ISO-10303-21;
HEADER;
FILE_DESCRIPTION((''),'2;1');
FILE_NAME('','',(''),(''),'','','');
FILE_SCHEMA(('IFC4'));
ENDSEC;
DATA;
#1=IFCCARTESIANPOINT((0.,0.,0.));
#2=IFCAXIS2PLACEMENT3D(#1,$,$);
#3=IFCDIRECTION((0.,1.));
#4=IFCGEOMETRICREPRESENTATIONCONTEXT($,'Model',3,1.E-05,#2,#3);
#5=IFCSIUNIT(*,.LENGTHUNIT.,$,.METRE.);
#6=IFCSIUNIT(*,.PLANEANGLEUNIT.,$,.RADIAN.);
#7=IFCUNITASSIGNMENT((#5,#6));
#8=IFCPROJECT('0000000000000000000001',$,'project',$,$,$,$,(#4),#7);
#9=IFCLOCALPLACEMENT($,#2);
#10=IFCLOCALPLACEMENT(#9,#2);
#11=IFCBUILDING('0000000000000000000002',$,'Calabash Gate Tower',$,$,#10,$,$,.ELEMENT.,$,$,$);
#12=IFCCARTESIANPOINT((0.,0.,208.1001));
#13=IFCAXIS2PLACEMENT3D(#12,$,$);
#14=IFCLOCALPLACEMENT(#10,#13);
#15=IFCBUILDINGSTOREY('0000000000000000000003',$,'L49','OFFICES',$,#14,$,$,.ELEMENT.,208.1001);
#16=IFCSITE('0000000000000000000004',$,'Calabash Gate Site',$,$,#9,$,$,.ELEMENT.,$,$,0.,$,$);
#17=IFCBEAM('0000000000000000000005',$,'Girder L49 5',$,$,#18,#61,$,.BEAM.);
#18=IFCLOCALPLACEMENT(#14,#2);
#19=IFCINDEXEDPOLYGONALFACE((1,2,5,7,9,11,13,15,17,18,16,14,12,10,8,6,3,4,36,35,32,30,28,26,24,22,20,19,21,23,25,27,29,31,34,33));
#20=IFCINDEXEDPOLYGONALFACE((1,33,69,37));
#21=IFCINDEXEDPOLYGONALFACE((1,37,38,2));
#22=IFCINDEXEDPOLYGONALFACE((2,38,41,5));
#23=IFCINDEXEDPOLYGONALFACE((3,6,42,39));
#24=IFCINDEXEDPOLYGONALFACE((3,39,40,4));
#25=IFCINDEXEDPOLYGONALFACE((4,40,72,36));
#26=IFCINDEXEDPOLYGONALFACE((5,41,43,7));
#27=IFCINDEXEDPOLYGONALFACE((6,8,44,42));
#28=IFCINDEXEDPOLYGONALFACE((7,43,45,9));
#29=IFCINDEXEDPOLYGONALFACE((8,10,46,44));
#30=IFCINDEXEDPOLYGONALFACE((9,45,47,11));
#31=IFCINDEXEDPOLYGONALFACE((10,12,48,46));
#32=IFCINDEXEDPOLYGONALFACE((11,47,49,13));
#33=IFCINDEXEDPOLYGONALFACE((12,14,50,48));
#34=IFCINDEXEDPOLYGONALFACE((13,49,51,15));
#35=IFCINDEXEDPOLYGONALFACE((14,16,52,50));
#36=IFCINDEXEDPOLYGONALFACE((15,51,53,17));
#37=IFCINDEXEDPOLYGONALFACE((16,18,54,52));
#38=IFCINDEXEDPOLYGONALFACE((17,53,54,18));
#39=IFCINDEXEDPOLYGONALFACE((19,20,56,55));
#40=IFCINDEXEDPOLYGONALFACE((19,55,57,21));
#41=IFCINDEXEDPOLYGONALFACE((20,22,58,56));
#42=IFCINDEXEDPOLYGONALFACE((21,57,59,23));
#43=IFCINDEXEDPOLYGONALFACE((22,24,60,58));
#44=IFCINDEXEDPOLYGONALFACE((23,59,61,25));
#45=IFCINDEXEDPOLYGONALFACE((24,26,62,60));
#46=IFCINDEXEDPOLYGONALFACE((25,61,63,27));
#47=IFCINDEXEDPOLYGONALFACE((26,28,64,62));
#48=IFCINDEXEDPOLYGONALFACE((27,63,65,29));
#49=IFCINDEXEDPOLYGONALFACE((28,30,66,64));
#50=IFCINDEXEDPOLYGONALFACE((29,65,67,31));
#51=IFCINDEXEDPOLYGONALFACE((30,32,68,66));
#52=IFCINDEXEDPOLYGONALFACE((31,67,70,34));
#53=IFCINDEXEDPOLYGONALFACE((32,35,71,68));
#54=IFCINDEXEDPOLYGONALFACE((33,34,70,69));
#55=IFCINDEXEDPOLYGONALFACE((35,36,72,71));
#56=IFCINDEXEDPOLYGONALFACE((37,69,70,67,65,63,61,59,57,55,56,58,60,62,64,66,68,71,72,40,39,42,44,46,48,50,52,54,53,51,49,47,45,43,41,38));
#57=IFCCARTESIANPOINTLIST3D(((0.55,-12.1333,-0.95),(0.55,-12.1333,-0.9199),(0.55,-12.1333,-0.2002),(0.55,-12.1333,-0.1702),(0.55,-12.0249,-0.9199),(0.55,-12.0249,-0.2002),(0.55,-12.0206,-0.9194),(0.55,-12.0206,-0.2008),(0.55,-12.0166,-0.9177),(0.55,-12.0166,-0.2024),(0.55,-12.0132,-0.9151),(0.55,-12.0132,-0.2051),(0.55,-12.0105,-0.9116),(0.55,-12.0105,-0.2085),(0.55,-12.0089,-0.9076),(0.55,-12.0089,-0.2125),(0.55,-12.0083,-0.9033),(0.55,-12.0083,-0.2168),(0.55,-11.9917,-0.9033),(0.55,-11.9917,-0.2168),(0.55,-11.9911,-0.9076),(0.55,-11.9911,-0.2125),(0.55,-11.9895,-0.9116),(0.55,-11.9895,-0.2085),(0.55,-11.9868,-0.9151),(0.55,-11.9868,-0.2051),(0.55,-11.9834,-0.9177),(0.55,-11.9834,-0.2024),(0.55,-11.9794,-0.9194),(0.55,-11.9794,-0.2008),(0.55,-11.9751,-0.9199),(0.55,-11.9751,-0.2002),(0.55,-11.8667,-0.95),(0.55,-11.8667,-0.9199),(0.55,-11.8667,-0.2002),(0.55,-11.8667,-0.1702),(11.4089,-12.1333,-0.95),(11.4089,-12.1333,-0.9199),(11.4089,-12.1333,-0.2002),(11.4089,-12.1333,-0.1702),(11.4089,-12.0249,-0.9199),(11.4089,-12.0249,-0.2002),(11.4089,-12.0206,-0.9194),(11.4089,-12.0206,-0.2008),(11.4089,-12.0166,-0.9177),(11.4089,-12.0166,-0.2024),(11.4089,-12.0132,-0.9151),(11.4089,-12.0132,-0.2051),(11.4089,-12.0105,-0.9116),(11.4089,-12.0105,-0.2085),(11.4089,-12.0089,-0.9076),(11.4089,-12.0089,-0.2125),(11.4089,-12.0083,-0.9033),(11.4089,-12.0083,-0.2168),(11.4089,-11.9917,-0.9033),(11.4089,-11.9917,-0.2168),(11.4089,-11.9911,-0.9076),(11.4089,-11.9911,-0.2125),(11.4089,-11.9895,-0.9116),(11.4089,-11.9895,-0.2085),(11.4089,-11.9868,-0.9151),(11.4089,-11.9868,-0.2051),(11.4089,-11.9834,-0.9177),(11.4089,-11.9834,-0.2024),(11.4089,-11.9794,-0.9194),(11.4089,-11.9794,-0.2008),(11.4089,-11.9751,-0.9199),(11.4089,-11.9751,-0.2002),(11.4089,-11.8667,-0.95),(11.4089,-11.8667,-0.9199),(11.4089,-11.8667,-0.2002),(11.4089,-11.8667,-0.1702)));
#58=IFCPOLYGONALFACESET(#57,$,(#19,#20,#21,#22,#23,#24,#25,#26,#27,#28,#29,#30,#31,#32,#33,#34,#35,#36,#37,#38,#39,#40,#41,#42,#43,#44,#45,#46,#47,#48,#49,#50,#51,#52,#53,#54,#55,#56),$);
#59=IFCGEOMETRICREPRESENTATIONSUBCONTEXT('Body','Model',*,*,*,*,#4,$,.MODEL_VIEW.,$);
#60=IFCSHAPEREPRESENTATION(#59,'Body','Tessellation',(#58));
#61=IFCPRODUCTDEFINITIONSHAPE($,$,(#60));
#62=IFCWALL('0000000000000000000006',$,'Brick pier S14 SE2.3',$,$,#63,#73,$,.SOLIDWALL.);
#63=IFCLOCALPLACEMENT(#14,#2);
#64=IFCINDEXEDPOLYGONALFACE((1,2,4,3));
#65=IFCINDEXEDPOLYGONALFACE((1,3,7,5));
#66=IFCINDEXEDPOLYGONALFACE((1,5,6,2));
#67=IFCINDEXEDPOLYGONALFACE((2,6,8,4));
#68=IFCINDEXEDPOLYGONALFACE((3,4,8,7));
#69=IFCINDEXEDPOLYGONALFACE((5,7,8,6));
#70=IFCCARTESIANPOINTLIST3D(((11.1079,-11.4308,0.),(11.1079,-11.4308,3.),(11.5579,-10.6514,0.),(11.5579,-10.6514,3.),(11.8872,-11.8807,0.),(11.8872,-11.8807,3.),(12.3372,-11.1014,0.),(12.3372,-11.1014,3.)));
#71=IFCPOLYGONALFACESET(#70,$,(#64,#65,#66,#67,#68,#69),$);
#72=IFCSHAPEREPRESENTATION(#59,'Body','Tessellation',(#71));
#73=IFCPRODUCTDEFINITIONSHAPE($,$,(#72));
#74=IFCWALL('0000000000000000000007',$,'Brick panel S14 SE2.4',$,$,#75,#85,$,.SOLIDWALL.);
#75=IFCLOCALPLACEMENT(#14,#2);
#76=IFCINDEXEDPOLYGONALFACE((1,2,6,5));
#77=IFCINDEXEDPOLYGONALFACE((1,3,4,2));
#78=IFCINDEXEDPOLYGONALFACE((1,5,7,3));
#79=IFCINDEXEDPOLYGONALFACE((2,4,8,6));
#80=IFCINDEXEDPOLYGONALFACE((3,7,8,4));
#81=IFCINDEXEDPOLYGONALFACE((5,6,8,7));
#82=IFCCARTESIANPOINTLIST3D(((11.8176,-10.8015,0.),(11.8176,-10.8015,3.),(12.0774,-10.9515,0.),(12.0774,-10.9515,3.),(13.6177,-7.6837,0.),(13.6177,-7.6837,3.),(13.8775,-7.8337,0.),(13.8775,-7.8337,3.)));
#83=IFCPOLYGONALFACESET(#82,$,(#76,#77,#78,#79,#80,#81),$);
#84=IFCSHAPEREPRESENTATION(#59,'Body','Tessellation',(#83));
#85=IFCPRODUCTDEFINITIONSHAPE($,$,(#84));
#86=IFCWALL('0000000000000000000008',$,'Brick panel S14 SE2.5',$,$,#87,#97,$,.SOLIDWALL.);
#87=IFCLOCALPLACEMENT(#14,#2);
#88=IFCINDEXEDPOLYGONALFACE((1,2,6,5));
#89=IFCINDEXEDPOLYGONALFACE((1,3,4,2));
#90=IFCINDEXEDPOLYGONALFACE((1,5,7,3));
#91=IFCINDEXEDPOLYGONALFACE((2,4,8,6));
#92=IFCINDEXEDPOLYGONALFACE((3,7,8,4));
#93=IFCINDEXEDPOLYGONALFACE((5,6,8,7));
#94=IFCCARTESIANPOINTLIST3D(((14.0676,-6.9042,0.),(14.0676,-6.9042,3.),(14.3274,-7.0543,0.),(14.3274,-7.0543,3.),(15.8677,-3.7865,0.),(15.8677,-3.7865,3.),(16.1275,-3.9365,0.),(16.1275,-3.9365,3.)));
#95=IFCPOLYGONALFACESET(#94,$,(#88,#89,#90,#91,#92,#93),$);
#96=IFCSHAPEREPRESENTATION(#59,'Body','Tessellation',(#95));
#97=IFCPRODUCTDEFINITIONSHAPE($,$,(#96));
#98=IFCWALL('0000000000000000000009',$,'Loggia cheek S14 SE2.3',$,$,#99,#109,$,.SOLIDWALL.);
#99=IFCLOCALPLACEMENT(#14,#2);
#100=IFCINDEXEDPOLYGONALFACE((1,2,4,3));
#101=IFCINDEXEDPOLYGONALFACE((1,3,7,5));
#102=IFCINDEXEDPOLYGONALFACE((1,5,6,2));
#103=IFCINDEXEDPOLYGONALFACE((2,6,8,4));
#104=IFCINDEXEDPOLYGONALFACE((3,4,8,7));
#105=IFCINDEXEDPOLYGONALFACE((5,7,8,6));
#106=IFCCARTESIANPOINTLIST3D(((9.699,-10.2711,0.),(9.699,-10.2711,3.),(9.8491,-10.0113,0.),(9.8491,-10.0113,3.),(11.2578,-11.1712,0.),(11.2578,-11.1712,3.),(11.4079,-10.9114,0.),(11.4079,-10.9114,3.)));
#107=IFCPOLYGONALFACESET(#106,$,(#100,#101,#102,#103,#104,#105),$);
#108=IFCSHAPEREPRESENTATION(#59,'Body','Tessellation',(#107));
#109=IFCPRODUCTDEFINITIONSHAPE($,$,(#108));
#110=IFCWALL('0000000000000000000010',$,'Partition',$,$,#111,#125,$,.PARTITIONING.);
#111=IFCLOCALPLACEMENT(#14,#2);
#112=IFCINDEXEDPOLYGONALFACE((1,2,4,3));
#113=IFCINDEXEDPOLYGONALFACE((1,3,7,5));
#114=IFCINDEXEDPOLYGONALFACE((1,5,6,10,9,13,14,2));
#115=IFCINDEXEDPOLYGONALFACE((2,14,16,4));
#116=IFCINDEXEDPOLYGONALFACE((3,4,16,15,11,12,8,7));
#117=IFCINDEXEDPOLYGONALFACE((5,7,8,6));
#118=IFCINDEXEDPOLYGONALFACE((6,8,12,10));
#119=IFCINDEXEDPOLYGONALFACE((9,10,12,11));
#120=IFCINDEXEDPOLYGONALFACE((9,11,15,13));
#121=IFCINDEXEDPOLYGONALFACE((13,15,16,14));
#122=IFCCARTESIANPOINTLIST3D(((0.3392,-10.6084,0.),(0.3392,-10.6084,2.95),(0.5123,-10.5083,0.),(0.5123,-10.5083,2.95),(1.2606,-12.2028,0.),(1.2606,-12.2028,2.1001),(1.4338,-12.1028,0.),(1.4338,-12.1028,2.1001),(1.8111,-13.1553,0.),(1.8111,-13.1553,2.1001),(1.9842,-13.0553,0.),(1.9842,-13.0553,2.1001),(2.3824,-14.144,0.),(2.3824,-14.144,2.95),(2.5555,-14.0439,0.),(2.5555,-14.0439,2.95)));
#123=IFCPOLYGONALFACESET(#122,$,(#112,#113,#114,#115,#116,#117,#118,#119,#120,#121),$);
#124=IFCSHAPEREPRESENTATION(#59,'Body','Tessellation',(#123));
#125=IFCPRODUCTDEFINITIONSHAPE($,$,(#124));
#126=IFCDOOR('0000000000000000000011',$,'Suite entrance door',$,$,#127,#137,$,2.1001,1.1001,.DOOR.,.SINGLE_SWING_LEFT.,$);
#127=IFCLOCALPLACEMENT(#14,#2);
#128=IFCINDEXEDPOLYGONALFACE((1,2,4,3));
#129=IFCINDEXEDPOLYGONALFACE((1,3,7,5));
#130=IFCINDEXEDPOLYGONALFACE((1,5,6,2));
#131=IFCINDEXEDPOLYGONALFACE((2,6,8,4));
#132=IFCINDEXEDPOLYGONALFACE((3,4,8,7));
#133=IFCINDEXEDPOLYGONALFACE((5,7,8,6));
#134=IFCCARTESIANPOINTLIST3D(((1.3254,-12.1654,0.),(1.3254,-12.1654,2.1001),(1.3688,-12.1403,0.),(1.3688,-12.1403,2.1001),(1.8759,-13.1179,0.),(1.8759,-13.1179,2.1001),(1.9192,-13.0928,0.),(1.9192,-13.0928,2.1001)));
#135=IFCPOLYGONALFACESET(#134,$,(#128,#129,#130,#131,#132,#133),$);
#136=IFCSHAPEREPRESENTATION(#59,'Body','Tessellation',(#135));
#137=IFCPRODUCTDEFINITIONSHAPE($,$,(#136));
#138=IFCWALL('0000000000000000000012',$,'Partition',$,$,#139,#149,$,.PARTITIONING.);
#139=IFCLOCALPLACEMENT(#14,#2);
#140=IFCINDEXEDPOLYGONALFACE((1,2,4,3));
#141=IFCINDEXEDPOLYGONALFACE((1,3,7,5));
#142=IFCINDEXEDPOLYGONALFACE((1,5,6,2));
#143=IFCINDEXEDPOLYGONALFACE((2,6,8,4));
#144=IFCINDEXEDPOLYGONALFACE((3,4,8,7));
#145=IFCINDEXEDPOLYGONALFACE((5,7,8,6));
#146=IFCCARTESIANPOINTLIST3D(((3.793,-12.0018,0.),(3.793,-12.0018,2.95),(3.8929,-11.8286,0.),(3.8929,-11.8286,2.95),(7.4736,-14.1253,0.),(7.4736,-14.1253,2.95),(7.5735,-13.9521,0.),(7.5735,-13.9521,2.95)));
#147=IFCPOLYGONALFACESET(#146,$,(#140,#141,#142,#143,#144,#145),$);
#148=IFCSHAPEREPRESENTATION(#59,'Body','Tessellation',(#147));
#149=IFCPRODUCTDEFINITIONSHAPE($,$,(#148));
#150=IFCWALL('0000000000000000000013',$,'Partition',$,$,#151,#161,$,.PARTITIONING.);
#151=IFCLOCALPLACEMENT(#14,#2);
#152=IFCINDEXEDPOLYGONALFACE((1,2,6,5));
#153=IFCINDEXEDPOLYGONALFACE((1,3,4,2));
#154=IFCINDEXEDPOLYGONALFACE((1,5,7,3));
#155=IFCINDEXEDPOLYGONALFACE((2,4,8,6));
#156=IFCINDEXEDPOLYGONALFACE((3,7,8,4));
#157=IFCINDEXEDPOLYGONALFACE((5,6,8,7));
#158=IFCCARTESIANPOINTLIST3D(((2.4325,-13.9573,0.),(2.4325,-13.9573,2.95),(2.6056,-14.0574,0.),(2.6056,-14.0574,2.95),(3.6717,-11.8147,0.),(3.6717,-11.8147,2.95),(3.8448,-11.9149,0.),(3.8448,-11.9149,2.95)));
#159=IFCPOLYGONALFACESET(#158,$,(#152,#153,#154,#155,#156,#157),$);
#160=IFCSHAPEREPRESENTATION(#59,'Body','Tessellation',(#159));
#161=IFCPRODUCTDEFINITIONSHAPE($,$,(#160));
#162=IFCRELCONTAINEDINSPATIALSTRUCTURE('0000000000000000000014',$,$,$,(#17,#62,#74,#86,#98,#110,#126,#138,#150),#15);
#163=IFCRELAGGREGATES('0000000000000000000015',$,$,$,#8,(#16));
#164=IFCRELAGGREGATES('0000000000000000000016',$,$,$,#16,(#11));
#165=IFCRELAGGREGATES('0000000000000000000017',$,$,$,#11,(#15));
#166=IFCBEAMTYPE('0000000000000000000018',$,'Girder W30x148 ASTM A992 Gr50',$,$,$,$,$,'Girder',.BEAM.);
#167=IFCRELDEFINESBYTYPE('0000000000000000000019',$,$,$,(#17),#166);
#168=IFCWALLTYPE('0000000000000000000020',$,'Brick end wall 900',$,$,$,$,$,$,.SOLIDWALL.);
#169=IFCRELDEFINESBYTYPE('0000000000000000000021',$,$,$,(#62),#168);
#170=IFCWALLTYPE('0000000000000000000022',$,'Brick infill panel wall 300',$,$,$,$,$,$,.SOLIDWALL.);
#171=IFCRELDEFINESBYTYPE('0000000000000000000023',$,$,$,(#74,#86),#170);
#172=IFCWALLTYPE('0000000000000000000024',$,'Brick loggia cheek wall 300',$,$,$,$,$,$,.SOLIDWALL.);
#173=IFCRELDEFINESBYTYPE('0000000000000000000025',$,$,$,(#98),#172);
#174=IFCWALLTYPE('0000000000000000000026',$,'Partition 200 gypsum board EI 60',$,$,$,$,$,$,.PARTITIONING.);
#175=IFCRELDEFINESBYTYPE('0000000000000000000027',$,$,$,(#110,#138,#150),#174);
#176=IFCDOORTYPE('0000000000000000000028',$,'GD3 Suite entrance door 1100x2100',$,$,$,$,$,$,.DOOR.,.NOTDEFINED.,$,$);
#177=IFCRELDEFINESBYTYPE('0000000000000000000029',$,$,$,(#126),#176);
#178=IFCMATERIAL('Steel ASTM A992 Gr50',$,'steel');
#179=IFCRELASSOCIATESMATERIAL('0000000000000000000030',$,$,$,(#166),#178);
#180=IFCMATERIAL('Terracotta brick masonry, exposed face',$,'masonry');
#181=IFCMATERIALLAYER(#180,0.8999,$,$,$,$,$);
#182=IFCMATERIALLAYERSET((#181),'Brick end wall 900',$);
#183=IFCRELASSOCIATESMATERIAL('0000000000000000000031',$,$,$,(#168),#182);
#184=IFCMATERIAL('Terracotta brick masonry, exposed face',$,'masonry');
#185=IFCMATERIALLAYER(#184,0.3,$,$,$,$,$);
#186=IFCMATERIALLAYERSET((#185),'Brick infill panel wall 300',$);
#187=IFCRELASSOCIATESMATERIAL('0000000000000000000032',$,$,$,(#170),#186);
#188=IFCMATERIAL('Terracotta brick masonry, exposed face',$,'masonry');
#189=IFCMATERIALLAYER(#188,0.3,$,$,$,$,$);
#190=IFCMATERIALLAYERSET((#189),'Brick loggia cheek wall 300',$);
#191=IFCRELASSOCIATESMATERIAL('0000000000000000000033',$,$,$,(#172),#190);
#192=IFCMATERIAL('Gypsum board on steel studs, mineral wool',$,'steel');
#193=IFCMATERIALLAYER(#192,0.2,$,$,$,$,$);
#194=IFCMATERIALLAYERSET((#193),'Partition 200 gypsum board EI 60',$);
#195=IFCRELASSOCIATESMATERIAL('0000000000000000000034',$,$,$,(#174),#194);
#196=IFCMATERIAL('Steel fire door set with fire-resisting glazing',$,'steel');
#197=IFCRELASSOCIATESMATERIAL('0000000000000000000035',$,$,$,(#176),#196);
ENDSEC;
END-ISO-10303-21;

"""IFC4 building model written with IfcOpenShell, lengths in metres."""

from ifc_helpers import new_model, si_unit, direction, frame, frame_2d, origin, origin_2d, place, context, subcontext, project, spatial, rectangle, i_section, extrude, material, layer, layer_set, material_profile, profile_set, type_object, element, fill, save


model = new_model("IFC4")

# Units and contexts
model_context = context("Model", 3, precision=1e-05, world=origin(), true_north=direction((0.0, 1.0)))
body_context = subcontext(model_context, "Body", "Model", "MODEL_VIEW")
ifc_project = project(units=[si_unit("LENGTHUNIT", "METRE"), si_unit("PLANEANGLEUNIT", "RADIAN")], contexts=[model_context])

# Site, building, storey
site_placement = place(None, origin())
site = spatial("IfcSite", under=ifc_project, at=site_placement, Name="Calabash Gate Site", CompositionType="ELEMENT", RefElevation=0.0)
building_placement = place(site_placement, origin())
building = spatial("IfcBuilding", under=site, at=building_placement, Name="Calabash Gate Tower", CompositionType="ELEMENT")
storey_placement = place(building_placement, frame((0.0, 0.0, 208.1001)))
storey = spatial("IfcBuildingStorey", under=building, at=storey_placement, Name="L49", Description="OFFICES", CompositionType="ELEMENT", Elevation=208.1001)

# Beam
ifc_material_1 = material(Name="Steel ASTM A992 Gr50", Category="steel")
ifc_material_profile_1 = material_profile(ifc_material_1, i_section(OverallWidth=0.2666, OverallDepth=0.7798, WebThickness=0.0166, FlangeThickness=0.03, FilletRadius=0.0166, at=origin_2d()))
ifc_profile_set_1 = profile_set([ifc_material_profile_1], Name="Steel ASTM A992 Gr50")
beam_type_1 = type_object("IfcBeamType", Name="Girder W30x148 ASTM A992 Gr50", ElementType="Girder", PredefinedType="BEAM", material=ifc_profile_set_1)
beam_1_placement = place(storey_placement, frame((0.55, -12.0, -0.5601), z_axis=(1.0, 0.0, 0.0), x_axis=(0.0, 1.0, 0.0)))
element("IfcBeam", 1, at=beam_1_placement, inside=storey, type_object=beam_type_1, Name="Girder L49 5", PredefinedType="BEAM", context=body_context, shape_type="SweptSolid", body=[
    extrude(i_section(OverallWidth=0.2666, OverallDepth=0.7798, WebThickness=0.0166, FlangeThickness=0.03, FilletRadius=0.0166, at=origin_2d()), origin(), (0.0, 0.0, 1.0), 10.8589),
])

# Walls
ifc_material_2 = material(Name="Terracotta brick masonry, exposed face", Category="masonry")
ifc_layer_1 = layer(ifc_material_2, 0.8999)
ifc_layer_set_1 = layer_set([ifc_layer_1], Name="Brick end wall 900")
wall_type_1 = type_object("IfcWallType", Name="Brick end wall 900", PredefinedType="SOLIDWALL", material=ifc_layer_set_1)
wall_1_placement = place(storey_placement, frame((11.4976, -11.6558, 0.0), z_axis=(0.0, 0.0, 1.0), x_axis=(0.50002, 0.866014, 0.0)))
element("IfcWall", 2, at=wall_1_placement, inside=storey, type_object=wall_type_1, Name="Brick pier S14 SE2.3", PredefinedType="SOLIDWALL", context=body_context, shape_type="SweptSolid", body=[
    extrude(rectangle(XDim=0.8999, YDim=0.8999, at=frame_2d((0.45, 0.0))), origin(), (0.0, 0.0, 1.0), 3.0),
])
ifc_material_3 = material(Name="Terracotta brick masonry, exposed face", Category="masonry")
ifc_layer_2 = layer(ifc_material_3, 0.3)
ifc_layer_set_2 = layer_set([ifc_layer_2], Name="Brick infill panel wall 300")
wall_type_2 = type_object("IfcWallType", Name="Brick infill panel wall 300", PredefinedType="SOLIDWALL", material=ifc_layer_set_2)
for number, where, z_axis, x_axis, name in (
    (3, (11.9475, -10.8765, 0.0), (0.0, 0.0, 1.0), (0.500012, 0.866018, 0.0), "Brick panel S14 SE2.4"),
    (4, (14.1975, -6.9792, 0.0), (0.0, 0.0, 1.0), (0.500012, 0.866018, 0.0), "Brick panel S14 SE2.5"),
):
    element("IfcWall", number, at=place(storey_placement, frame(where, z_axis=z_axis, x_axis=x_axis)), inside=storey, type_object=wall_type_2, Name=name, PredefinedType="SOLIDWALL", context=body_context, shape_type="SweptSolid", body=[
        extrude(rectangle(XDim=3.6001, YDim=0.3, at=frame_2d((1.8, 0.0))), origin(), (0.0, 0.0, 1.0), 3.0),
    ])
ifc_material_4 = material(Name="Terracotta brick masonry, exposed face", Category="masonry")
ifc_layer_3 = layer(ifc_material_4, 0.3)
ifc_layer_set_3 = layer_set([ifc_layer_3], Name="Brick loggia cheek wall 300")
wall_type_3 = type_object("IfcWallType", Name="Brick loggia cheek wall 300", PredefinedType="SOLIDWALL", material=ifc_layer_set_3)
wall_2_placement = place(storey_placement, frame((11.3328, -11.0413, 0.0), z_axis=(0.0, 0.0, 1.0), x_axis=(-0.865989, 0.500063, 0.0)))
element("IfcWall", 5, at=wall_2_placement, inside=storey, type_object=wall_type_3, Name="Loggia cheek S14 SE2.3", PredefinedType="SOLIDWALL", context=body_context, shape_type="SweptSolid", body=[
    extrude(rectangle(XDim=1.8, YDim=0.3, at=frame_2d((0.8999, 0.0))), origin(), (0.0, 0.0, 1.0), 3.0),
])

# Wall, opening, door
ifc_material_5 = material(Name="Gypsum board on steel studs, mineral wool", Category="steel")
ifc_layer_4 = layer(ifc_material_5, 0.2)
ifc_layer_set_4 = layer_set([ifc_layer_4], Name="Partition 200 gypsum board EI 60")
wall_type_4 = type_object("IfcWallType", Name="Partition 200 gypsum board EI 60", PredefinedType="PARTITIONING", material=ifc_layer_set_4)
wall_3_placement = place(storey_placement, frame((0.4258, -10.5583, 0.0), z_axis=(0.0, 0.0, 1.0), x_axis=(0.50035, -0.865823, 0.0)))
wall_3 = element("IfcWall", 6, at=wall_3_placement, inside=storey, type_object=wall_type_4, Name="Partition", PredefinedType="PARTITIONING", context=body_context, shape_type="SweptSolid", body=[
    extrude(rectangle(XDim=4.0835, YDim=0.2, at=frame_2d((2.0417, 0.0))), origin(), (0.0, 0.0, 1.0), 2.95),
])
opening_1_placement = place(wall_3_placement, frame((1.8416, 0.0, 0.0)))
opening_1 = element("IfcOpeningElement", 7, at=opening_1_placement, cuts=wall_3, PredefinedType="OPENING", context=body_context, shape_type="SweptSolid", body=[
    extrude(rectangle(XDim=1.1001, YDim=2.1001, at=frame_2d((0.55, 1.05))), frame((0.0, 0.1099, 0.0), z_axis=(0.0, -1.0, 0.0), x_axis=(1.0, 0.0, 0.0)), (0.0, 0.0, 1.0), 0.22),
])
ifc_material_6 = material(Name="Steel fire door set with fire-resisting glazing", Category="steel")
door_type_1 = type_object("IfcDoorType", Name="GD3 Suite entrance door 1100x2100", OperationType="NOTDEFINED", PredefinedType="DOOR", material=ifc_material_6)
door_1_placement = place(opening_1_placement, origin())
door_1 = element("IfcDoor", 8, at=door_1_placement, inside=storey, type_object=door_type_1, Name="Suite entrance door", OperationType="SINGLE_SWING_LEFT", OverallHeight=2.1001, OverallWidth=1.1001, PredefinedType="DOOR", context=body_context, shape_type="SweptSolid", body=[
    extrude(rectangle(XDim=1.1001, YDim=2.1001, at=frame_2d((0.55, 1.05))), frame((0.0, 0.0249, 0.0), z_axis=(0.0, -1.0, 0.0), x_axis=(1.0, 0.0, 0.0)), (0.0, 0.0, 1.0), 0.05),
])
fill(opening_1, door_1)

# Walls
wall_4_placement = place(storey_placement, frame((3.843, -11.9153, 0.0), z_axis=(0.0, 0.0, 1.0), x_axis=(0.866178, -0.499736, 0.0)))
element("IfcWall", 9, at=wall_4_placement, inside=storey, type_object=wall_type_4, Name="Partition", PredefinedType="PARTITIONING", context=body_context, shape_type="SweptSolid", body=[
    extrude(rectangle(XDim=4.2493, YDim=0.2, at=frame_2d((2.1245, 0.0))), origin(), (0.0, 0.0, 1.0), 2.95),
])
wall_5_placement = place(storey_placement, frame((2.519, -14.0073, 0.0), z_axis=(0.0, 0.0, 1.0), x_axis=(0.500679, 0.865633, 0.0)))
element("IfcWall", 10, at=wall_5_placement, inside=storey, type_object=wall_type_4, Name="Partition", PredefinedType="PARTITIONING", context=body_context, shape_type="SweptSolid", body=[
    extrude(rectangle(XDim=2.4751, YDim=0.2, at=frame_2d((1.2375, 0.0))), origin(), (0.0, 0.0, 1.0), 2.95),
])

save(model, "model.ifc")
